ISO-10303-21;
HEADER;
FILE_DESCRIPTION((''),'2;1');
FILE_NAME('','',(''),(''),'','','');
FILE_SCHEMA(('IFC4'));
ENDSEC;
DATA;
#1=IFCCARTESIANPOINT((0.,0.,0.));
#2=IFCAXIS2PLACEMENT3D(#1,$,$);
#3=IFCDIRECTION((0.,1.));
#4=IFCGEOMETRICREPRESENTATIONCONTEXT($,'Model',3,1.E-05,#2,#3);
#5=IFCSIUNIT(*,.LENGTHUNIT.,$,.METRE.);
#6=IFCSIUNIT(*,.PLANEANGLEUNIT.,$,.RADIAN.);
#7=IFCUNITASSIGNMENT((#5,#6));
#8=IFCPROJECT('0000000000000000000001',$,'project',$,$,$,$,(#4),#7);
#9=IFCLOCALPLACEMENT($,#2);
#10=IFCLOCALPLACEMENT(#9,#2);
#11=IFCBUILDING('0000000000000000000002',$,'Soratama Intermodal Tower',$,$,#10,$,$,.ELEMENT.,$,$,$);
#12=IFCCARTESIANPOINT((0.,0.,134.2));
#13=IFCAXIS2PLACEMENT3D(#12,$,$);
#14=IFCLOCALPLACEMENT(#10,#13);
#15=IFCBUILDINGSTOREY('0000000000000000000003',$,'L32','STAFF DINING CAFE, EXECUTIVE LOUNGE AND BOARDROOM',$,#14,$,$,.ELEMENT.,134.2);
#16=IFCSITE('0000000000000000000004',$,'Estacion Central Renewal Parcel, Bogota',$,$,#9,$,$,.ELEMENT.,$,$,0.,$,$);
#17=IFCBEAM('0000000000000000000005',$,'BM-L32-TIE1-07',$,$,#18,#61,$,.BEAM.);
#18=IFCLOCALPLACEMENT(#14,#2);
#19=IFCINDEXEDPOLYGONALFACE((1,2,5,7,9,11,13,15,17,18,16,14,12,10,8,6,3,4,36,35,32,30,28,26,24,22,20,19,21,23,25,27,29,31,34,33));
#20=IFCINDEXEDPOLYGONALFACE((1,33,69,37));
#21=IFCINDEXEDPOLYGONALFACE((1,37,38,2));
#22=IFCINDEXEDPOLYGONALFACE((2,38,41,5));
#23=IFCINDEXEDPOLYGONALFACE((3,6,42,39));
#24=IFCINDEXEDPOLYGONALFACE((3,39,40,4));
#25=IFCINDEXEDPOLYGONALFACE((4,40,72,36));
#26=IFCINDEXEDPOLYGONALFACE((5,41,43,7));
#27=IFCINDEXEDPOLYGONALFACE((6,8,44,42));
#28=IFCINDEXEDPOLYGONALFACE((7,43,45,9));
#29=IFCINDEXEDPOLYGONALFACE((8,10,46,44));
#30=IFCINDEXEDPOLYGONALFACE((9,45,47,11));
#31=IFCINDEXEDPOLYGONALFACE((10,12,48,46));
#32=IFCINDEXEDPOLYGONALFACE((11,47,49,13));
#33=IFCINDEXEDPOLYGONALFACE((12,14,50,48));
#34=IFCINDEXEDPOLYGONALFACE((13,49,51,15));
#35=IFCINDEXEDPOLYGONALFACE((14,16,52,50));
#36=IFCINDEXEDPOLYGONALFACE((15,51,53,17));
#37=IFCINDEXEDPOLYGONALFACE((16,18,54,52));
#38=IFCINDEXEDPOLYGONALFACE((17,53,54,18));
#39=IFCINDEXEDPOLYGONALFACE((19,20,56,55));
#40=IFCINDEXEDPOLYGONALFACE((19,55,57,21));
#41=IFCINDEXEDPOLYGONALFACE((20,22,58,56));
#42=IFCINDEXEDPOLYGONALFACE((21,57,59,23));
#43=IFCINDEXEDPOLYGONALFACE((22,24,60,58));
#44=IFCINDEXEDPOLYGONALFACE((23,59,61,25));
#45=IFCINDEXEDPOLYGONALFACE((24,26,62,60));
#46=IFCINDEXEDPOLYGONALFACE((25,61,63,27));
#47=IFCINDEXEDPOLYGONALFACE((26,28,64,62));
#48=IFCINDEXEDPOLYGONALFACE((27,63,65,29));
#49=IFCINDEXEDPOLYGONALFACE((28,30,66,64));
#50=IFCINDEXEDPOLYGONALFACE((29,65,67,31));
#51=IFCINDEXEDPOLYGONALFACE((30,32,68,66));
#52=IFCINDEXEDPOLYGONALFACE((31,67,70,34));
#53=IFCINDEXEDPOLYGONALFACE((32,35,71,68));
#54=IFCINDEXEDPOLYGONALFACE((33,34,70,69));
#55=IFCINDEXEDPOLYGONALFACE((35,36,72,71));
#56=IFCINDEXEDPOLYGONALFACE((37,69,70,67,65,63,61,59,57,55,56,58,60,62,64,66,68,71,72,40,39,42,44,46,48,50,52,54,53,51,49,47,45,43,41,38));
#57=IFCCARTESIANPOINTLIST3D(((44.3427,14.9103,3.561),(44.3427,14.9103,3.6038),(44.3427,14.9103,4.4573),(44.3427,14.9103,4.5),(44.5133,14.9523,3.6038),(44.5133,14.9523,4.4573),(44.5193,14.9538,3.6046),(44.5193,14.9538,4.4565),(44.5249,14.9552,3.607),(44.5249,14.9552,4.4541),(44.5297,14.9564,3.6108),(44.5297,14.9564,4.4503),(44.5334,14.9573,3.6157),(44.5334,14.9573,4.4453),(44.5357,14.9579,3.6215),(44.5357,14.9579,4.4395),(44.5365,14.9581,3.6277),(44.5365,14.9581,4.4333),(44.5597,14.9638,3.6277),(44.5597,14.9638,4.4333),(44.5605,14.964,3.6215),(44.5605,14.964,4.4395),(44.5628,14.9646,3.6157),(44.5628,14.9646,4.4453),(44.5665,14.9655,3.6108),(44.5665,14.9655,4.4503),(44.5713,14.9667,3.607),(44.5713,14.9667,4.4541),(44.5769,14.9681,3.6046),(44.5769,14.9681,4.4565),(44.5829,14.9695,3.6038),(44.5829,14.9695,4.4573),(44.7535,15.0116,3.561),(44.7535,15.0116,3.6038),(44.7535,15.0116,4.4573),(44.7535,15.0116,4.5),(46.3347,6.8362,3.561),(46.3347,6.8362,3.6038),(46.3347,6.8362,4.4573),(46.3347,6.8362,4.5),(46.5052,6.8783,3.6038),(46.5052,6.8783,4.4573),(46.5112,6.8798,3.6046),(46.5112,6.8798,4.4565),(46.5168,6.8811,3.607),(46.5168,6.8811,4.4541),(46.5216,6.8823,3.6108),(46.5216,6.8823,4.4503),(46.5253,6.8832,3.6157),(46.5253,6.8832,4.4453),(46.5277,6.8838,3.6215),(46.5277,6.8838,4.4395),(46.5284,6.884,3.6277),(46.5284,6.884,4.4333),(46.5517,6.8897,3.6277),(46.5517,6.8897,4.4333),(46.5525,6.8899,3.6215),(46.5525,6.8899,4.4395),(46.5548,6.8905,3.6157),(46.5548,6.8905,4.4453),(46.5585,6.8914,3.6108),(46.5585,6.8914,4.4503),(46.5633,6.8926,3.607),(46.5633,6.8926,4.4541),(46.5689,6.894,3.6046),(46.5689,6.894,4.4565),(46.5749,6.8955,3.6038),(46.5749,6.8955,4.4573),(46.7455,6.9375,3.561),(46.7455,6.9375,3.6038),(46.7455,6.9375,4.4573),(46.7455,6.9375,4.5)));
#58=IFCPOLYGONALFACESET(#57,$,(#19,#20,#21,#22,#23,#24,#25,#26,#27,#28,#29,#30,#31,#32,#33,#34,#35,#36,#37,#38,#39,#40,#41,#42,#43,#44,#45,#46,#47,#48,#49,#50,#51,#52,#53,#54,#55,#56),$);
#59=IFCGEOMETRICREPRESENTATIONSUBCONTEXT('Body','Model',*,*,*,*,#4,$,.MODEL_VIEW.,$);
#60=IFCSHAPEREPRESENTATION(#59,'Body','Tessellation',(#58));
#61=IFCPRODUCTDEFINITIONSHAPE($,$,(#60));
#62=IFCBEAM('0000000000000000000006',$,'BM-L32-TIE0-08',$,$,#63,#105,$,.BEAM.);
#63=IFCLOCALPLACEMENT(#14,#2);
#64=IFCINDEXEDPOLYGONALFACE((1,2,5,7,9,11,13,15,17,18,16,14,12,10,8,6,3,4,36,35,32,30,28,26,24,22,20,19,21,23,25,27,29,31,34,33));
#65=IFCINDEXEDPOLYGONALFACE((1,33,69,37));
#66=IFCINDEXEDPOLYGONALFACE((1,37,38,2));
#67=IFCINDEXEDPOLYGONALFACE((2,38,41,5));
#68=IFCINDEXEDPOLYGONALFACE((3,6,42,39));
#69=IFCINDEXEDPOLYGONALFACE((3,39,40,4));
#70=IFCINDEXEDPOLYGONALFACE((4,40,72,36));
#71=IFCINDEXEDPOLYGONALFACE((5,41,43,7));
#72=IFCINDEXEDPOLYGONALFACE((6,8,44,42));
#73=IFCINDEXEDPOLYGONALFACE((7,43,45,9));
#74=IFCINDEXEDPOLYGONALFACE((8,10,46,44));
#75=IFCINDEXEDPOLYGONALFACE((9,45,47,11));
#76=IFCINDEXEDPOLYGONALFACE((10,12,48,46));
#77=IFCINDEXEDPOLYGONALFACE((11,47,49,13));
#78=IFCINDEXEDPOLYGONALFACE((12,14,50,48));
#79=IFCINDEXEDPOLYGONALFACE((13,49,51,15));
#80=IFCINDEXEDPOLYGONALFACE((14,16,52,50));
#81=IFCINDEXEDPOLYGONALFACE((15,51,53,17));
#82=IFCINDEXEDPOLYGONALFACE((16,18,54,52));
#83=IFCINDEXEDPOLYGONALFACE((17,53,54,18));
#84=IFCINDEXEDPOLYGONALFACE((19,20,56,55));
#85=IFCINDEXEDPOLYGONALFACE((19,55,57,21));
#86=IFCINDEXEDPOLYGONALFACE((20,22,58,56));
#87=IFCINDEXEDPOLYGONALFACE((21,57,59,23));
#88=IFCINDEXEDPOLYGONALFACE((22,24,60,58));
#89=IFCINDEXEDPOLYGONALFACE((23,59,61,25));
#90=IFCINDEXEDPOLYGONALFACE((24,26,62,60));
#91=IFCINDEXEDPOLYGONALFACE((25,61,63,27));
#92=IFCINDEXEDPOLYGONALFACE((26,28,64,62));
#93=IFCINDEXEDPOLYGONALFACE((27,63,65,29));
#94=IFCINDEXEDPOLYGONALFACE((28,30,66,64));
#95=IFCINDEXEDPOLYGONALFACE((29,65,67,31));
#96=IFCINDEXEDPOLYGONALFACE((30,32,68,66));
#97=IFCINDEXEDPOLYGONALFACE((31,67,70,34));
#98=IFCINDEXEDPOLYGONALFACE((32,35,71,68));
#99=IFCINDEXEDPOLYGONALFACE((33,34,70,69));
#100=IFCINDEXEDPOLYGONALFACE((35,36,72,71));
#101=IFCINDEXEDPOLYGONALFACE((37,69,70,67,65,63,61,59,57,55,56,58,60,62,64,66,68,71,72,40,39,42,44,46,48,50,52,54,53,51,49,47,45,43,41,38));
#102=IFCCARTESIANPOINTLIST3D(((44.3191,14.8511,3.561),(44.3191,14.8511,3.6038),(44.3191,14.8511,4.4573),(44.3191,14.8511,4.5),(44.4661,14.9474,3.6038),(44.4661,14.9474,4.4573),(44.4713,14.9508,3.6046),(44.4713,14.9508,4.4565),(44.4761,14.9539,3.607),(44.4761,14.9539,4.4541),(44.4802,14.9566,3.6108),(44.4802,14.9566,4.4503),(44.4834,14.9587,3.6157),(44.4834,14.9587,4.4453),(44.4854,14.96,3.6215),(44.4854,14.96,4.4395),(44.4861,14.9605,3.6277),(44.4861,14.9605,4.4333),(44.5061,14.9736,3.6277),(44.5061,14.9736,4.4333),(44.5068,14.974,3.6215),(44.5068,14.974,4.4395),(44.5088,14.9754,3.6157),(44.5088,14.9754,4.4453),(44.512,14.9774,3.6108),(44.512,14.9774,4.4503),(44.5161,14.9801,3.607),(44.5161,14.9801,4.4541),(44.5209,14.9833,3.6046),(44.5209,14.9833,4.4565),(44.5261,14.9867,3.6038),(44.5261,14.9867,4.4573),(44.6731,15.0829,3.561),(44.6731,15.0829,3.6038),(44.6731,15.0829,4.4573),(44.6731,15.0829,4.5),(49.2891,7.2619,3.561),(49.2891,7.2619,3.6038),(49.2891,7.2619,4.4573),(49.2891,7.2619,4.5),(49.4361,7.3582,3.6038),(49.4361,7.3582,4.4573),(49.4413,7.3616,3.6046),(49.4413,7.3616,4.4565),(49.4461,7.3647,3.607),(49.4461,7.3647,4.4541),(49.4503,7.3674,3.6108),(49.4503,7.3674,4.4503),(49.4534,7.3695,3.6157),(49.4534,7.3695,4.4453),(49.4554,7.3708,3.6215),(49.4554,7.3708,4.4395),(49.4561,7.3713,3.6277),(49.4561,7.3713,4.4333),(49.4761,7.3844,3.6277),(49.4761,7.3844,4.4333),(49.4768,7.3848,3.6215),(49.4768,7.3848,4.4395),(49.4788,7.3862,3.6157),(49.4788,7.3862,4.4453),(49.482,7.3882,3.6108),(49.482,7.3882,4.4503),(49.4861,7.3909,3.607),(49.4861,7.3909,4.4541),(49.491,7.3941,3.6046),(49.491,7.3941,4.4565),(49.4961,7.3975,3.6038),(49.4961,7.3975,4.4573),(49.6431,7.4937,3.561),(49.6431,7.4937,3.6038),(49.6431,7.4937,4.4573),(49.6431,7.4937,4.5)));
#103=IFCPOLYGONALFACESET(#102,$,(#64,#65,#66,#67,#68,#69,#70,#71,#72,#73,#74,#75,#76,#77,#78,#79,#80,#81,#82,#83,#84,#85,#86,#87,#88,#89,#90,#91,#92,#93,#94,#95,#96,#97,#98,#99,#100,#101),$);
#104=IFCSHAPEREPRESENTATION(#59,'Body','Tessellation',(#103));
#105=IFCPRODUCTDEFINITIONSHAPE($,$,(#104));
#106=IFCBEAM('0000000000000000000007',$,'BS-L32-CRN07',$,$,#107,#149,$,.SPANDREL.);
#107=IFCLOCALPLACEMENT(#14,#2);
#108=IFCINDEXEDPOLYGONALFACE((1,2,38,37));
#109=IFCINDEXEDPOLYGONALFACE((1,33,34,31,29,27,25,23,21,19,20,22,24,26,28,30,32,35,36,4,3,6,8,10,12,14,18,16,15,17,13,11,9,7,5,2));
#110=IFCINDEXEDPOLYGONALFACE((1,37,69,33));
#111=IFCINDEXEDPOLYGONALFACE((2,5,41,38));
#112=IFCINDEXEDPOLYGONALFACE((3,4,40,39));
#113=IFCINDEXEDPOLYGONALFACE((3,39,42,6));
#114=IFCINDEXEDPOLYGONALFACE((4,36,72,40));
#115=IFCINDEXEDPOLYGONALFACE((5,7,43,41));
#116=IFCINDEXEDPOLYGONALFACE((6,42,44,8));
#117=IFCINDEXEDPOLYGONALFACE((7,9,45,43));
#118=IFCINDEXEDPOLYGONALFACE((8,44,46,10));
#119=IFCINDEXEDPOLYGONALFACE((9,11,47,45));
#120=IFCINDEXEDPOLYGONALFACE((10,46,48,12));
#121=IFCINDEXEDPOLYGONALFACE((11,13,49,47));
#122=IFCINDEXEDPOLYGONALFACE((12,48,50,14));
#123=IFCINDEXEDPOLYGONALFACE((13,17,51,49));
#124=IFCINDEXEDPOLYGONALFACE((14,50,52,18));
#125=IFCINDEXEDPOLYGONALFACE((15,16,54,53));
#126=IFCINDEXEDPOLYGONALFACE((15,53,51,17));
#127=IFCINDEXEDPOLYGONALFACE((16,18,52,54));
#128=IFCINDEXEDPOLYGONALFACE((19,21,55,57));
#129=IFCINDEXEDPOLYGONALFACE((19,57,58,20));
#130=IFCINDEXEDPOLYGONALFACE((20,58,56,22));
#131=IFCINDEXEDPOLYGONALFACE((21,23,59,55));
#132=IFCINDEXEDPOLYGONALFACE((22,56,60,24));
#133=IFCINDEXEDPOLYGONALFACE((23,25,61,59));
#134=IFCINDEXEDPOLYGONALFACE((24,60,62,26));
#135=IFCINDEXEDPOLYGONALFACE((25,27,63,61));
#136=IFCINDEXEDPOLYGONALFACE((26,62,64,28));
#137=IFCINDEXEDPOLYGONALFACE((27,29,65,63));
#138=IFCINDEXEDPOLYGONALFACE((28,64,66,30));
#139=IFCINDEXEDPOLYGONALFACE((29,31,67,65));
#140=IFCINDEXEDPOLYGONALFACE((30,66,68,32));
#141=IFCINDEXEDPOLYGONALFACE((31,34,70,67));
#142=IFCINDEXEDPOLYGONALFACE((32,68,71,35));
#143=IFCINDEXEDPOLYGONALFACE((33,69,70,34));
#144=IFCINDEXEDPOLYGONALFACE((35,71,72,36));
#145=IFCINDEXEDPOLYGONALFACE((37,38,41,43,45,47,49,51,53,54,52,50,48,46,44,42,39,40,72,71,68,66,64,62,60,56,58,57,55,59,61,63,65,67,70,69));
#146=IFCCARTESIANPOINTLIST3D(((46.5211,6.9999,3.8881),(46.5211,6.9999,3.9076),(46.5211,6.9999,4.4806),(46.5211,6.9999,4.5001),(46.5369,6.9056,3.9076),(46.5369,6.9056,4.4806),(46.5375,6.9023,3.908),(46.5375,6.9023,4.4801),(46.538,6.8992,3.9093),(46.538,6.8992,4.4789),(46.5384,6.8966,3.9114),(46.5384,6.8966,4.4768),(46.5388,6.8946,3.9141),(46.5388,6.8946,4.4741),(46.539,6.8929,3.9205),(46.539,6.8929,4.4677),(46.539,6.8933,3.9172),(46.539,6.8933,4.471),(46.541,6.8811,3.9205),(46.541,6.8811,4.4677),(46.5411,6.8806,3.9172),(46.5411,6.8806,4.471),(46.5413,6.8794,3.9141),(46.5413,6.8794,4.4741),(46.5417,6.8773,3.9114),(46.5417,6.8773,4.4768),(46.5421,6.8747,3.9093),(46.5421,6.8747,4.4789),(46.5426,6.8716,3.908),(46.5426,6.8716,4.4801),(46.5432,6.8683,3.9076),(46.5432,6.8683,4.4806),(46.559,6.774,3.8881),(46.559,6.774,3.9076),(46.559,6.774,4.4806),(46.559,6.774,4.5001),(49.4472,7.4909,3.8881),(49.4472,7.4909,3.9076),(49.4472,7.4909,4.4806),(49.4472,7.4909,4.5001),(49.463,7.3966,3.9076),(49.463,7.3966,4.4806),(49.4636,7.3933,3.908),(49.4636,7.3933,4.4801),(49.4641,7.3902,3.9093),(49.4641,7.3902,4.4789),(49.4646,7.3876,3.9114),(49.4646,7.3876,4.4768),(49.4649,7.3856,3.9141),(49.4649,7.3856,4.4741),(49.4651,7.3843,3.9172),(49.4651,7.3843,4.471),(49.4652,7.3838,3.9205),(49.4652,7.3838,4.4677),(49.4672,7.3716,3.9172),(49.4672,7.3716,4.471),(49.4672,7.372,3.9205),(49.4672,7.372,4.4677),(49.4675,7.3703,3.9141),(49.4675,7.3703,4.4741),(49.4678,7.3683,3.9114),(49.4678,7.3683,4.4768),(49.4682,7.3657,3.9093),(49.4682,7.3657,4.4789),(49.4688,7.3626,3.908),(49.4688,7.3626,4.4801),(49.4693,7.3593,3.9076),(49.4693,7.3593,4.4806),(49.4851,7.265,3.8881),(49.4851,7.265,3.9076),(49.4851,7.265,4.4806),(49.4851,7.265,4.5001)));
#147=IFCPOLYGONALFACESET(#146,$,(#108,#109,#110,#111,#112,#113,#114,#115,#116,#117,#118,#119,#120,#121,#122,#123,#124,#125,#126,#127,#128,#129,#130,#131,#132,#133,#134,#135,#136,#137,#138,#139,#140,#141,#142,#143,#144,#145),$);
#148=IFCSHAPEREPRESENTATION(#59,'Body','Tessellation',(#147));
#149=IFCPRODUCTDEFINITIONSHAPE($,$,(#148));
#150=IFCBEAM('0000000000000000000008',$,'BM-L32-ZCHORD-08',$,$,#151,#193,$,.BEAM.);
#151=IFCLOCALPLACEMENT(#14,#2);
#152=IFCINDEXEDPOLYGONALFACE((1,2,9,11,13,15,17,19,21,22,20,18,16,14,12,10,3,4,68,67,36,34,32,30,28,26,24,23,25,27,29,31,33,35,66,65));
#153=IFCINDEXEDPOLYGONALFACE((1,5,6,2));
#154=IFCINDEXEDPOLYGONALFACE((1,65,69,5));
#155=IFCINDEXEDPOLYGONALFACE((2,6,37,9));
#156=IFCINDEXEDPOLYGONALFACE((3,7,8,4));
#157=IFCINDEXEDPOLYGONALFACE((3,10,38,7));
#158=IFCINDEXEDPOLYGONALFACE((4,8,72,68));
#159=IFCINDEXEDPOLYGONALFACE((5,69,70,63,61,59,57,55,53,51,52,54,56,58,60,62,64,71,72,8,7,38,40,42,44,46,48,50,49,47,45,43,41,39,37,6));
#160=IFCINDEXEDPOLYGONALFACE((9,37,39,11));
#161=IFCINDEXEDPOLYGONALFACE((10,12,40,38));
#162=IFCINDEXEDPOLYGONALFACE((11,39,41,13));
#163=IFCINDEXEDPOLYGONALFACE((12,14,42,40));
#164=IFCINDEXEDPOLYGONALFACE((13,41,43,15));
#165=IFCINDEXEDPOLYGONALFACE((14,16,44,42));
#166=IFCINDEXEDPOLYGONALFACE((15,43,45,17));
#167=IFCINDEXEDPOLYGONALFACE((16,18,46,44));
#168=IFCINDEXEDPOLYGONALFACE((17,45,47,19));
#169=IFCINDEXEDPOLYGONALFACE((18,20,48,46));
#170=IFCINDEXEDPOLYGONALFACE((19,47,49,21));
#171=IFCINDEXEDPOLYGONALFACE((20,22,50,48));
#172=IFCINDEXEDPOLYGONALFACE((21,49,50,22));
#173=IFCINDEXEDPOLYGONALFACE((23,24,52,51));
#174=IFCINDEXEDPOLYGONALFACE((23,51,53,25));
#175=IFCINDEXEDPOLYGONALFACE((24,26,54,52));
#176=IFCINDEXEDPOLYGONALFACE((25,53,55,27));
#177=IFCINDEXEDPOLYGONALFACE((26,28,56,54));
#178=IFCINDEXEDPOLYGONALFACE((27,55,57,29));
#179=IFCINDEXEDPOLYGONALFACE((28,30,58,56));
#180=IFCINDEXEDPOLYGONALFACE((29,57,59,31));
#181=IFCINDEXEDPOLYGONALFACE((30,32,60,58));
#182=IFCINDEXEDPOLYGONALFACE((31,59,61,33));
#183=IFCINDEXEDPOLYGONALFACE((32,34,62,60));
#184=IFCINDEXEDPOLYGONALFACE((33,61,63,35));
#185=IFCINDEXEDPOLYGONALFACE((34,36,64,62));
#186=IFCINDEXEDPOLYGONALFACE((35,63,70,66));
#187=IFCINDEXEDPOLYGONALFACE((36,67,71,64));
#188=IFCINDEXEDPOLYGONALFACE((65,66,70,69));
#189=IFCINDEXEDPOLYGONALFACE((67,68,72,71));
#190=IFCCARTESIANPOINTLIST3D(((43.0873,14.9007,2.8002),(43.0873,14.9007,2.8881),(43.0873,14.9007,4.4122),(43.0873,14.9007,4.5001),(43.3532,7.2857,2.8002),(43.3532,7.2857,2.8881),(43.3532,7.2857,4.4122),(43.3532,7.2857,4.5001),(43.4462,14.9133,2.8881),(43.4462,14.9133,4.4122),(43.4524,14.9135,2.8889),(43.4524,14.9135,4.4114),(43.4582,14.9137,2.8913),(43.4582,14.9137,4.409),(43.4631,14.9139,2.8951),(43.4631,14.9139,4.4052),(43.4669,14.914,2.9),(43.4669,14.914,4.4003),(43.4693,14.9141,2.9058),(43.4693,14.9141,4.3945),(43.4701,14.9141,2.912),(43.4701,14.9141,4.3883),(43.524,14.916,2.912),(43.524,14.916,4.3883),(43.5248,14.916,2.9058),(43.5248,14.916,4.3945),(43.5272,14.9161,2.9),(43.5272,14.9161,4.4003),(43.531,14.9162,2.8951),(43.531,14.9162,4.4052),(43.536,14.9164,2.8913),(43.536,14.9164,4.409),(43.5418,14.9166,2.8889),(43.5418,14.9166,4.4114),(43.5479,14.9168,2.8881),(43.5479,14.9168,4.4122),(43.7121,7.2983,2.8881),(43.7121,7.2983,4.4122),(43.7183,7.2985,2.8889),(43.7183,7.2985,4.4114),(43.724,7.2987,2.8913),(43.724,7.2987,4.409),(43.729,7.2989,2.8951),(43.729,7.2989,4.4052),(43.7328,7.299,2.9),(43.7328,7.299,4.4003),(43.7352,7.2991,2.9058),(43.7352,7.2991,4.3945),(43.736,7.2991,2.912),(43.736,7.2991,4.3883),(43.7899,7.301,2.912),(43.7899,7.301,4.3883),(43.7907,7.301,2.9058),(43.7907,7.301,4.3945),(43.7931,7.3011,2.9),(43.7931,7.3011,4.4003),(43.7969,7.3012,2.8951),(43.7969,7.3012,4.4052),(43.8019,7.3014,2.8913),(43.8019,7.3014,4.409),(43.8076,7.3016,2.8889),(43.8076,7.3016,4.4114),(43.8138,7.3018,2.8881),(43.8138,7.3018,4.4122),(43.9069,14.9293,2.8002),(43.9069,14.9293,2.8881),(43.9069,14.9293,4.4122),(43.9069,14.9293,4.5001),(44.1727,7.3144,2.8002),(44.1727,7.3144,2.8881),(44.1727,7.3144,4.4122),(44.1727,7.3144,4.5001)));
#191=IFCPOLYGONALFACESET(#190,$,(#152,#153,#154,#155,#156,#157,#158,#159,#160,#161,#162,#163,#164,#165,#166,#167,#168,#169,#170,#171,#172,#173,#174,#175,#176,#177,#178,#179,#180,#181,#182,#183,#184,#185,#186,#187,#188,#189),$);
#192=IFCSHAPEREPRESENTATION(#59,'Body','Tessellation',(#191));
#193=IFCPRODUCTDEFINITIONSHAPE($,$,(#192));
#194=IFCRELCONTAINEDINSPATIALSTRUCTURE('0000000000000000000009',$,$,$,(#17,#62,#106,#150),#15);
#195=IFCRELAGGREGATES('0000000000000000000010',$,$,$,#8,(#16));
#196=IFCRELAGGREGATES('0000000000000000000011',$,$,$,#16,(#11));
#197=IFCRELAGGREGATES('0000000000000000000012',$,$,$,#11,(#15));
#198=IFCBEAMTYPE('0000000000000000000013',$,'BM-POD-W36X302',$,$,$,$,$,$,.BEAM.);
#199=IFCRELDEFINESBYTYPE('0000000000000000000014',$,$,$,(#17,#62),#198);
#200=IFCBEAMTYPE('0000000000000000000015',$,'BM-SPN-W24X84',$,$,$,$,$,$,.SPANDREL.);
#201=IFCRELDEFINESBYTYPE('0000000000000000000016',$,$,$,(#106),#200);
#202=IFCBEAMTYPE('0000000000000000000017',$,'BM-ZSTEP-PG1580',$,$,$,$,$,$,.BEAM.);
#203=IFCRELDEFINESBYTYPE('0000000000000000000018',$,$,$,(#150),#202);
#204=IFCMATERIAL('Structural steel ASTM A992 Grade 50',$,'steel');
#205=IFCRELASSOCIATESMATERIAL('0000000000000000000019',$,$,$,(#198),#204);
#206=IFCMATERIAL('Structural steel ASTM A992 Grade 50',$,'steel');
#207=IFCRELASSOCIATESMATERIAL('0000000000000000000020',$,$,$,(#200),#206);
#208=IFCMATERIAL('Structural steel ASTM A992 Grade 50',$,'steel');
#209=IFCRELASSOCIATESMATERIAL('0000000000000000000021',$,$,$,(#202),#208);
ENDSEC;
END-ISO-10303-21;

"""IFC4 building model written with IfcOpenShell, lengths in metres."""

from ifc_helpers import new_model, si_unit, direction, frame, origin, origin_2d, place, context, subcontext, project, spatial, i_section, extrude, material, material_profile, profile_set, type_object, element, save


model = new_model("IFC4")

# Units and contexts
model_context = context("Model", 3, precision=1e-05, world=origin(), true_north=direction((0.0, 1.0)))
body_context = subcontext(model_context, "Body", "Model", "MODEL_VIEW")
ifc_project = project(units=[si_unit("LENGTHUNIT", "METRE"), si_unit("PLANEANGLEUNIT", "RADIAN")], contexts=[model_context])

# Site, building, storey
site_placement = place(None, origin())
site = spatial("IfcSite", under=ifc_project, at=site_placement, Name="Estacion Central Renewal Parcel, Bogota", CompositionType="ELEMENT", RefElevation=0.0)
building_placement = place(site_placement, origin())
building = spatial("IfcBuilding", under=site, at=building_placement, Name="Soratama Intermodal Tower", CompositionType="ELEMENT")
storey_placement = place(building_placement, frame((0.0, 0.0, 134.2)))
storey = spatial("IfcBuildingStorey", under=building, at=storey_placement, Name="L32", Description="STAFF DINING CAFE, EXECUTIVE LOUNGE AND BOARDROOM", CompositionType="ELEMENT", Elevation=134.2)

# Beams
ifc_material_1 = material(Name="Structural steel ASTM A992 Grade 50", Category="steel")
ifc_material_profile_1 = material_profile(ifc_material_1, i_section(OverallWidth=0.4231, OverallDepth=0.939, WebThickness=0.0239, FlangeThickness=0.0427, FilletRadius=0.0239, at=origin_2d()), Name="W36X302")
ifc_profile_set_1 = profile_set([ifc_material_profile_1], Name="Structural steel ASTM A992 Grade 50")
beam_type_1 = type_object("IfcBeamType", Name="BM-POD-W36X302", PredefinedType="BEAM", material=ifc_profile_set_1)
beam_1_placement = place(storey_placement, frame((44.5481, 14.9609, 4.0305), z_axis=(0.23953, -0.970889, 0.0), x_axis=(0.970889, 0.23953, 0.0)))
element("IfcBeam", 1, at=beam_1_placement, inside=storey, type_object=beam_type_1, Name="BM-L32-TIE1-07", PredefinedType="BEAM", context=body_context, shape_type="SweptSolid", body=[
    extrude(i_section(OverallWidth=0.4231, OverallDepth=0.939, WebThickness=0.0239, FlangeThickness=0.0427, FilletRadius=0.0239, at=origin_2d()), origin(), (0.0, 0.0, 1.0), 8.3162),
])
beam_2_placement = place(storey_placement, frame((44.4961, 14.967, 4.0305), z_axis=(0.547856, -0.836573, 0.0), x_axis=(0.836573, 0.547856, 0.0)))
element("IfcBeam", 2, at=beam_2_placement, inside=storey, type_object=beam_type_1, Name="BM-L32-TIE0-08", PredefinedType="BEAM", context=body_context, shape_type="SweptSolid", body=[
    extrude(i_section(OverallWidth=0.4231, OverallDepth=0.939, WebThickness=0.0239, FlangeThickness=0.0427, FilletRadius=0.0239, at=origin_2d()), origin(), (0.0, 0.0, 1.0), 9.0718),
])
ifc_material_2 = material(Name="Structural steel ASTM A992 Grade 50", Category="steel")
ifc_material_profile_2 = material_profile(ifc_material_2, i_section(OverallWidth=0.229, OverallDepth=0.6121, WebThickness=0.012, FlangeThickness=0.0195, FilletRadius=0.0129, at=origin_2d()), Name="W24X84")
ifc_profile_set_2 = profile_set([ifc_material_profile_2], Name="Structural steel ASTM A992 Grade 50")
beam_type_2 = type_object("IfcBeamType", Name="BM-SPN-W24X84", PredefinedType="SPANDREL", material=ifc_profile_set_2)
beam_3_placement = place(storey_placement, frame((46.54, 6.887, 4.1941), z_axis=(0.986213, 0.16548, 0.0), x_axis=(-0.16548, 0.986213, 0.0)))
element("IfcBeam", 3, at=beam_3_placement, inside=storey, type_object=beam_type_2, Name="BS-L32-CRN07", PredefinedType="SPANDREL", context=body_context, shape_type="SweptSolid", body=[
    extrude(i_section(OverallWidth=0.229, OverallDepth=0.6121, WebThickness=0.012, FlangeThickness=0.0195, FilletRadius=0.0129, at=origin_2d()), origin(), (0.0, 0.0, 1.0), 2.967),
])
ifc_material_3 = material(Name="Structural steel ASTM A992 Grade 50", Category="steel")
ifc_material_profile_3 = material_profile(ifc_material_3, i_section(OverallWidth=0.8201, OverallDepth=1.7, WebThickness=0.054, FlangeThickness=0.0879, FilletRadius=0.0239, at=origin_2d()), Name="PG1580X800")
ifc_profile_set_3 = profile_set([ifc_material_profile_3], Name="Structural steel ASTM A992 Grade 50")
beam_type_3 = type_object("IfcBeamType", Name="BM-ZSTEP-PG1580", PredefinedType="BEAM", material=ifc_profile_set_3)
beam_4_placement = place(storey_placement, frame((43.4971, 14.915, 3.6501), z_axis=(0.034893, -0.999391, 0.0), x_axis=(0.999391, 0.034893, 0.0)))
element("IfcBeam", 4, at=beam_4_placement, inside=storey, type_object=beam_type_3, Name="BM-L32-ZCHORD-08", PredefinedType="BEAM", context=body_context, shape_type="SweptSolid", body=[
    extrude(i_section(OverallWidth=0.8201, OverallDepth=1.7, WebThickness=0.054, FlangeThickness=0.0879, FilletRadius=0.0239, at=origin_2d()), origin(), (0.0, 0.0, 1.0), 7.6196),
])

save(model, "model.ifc")
